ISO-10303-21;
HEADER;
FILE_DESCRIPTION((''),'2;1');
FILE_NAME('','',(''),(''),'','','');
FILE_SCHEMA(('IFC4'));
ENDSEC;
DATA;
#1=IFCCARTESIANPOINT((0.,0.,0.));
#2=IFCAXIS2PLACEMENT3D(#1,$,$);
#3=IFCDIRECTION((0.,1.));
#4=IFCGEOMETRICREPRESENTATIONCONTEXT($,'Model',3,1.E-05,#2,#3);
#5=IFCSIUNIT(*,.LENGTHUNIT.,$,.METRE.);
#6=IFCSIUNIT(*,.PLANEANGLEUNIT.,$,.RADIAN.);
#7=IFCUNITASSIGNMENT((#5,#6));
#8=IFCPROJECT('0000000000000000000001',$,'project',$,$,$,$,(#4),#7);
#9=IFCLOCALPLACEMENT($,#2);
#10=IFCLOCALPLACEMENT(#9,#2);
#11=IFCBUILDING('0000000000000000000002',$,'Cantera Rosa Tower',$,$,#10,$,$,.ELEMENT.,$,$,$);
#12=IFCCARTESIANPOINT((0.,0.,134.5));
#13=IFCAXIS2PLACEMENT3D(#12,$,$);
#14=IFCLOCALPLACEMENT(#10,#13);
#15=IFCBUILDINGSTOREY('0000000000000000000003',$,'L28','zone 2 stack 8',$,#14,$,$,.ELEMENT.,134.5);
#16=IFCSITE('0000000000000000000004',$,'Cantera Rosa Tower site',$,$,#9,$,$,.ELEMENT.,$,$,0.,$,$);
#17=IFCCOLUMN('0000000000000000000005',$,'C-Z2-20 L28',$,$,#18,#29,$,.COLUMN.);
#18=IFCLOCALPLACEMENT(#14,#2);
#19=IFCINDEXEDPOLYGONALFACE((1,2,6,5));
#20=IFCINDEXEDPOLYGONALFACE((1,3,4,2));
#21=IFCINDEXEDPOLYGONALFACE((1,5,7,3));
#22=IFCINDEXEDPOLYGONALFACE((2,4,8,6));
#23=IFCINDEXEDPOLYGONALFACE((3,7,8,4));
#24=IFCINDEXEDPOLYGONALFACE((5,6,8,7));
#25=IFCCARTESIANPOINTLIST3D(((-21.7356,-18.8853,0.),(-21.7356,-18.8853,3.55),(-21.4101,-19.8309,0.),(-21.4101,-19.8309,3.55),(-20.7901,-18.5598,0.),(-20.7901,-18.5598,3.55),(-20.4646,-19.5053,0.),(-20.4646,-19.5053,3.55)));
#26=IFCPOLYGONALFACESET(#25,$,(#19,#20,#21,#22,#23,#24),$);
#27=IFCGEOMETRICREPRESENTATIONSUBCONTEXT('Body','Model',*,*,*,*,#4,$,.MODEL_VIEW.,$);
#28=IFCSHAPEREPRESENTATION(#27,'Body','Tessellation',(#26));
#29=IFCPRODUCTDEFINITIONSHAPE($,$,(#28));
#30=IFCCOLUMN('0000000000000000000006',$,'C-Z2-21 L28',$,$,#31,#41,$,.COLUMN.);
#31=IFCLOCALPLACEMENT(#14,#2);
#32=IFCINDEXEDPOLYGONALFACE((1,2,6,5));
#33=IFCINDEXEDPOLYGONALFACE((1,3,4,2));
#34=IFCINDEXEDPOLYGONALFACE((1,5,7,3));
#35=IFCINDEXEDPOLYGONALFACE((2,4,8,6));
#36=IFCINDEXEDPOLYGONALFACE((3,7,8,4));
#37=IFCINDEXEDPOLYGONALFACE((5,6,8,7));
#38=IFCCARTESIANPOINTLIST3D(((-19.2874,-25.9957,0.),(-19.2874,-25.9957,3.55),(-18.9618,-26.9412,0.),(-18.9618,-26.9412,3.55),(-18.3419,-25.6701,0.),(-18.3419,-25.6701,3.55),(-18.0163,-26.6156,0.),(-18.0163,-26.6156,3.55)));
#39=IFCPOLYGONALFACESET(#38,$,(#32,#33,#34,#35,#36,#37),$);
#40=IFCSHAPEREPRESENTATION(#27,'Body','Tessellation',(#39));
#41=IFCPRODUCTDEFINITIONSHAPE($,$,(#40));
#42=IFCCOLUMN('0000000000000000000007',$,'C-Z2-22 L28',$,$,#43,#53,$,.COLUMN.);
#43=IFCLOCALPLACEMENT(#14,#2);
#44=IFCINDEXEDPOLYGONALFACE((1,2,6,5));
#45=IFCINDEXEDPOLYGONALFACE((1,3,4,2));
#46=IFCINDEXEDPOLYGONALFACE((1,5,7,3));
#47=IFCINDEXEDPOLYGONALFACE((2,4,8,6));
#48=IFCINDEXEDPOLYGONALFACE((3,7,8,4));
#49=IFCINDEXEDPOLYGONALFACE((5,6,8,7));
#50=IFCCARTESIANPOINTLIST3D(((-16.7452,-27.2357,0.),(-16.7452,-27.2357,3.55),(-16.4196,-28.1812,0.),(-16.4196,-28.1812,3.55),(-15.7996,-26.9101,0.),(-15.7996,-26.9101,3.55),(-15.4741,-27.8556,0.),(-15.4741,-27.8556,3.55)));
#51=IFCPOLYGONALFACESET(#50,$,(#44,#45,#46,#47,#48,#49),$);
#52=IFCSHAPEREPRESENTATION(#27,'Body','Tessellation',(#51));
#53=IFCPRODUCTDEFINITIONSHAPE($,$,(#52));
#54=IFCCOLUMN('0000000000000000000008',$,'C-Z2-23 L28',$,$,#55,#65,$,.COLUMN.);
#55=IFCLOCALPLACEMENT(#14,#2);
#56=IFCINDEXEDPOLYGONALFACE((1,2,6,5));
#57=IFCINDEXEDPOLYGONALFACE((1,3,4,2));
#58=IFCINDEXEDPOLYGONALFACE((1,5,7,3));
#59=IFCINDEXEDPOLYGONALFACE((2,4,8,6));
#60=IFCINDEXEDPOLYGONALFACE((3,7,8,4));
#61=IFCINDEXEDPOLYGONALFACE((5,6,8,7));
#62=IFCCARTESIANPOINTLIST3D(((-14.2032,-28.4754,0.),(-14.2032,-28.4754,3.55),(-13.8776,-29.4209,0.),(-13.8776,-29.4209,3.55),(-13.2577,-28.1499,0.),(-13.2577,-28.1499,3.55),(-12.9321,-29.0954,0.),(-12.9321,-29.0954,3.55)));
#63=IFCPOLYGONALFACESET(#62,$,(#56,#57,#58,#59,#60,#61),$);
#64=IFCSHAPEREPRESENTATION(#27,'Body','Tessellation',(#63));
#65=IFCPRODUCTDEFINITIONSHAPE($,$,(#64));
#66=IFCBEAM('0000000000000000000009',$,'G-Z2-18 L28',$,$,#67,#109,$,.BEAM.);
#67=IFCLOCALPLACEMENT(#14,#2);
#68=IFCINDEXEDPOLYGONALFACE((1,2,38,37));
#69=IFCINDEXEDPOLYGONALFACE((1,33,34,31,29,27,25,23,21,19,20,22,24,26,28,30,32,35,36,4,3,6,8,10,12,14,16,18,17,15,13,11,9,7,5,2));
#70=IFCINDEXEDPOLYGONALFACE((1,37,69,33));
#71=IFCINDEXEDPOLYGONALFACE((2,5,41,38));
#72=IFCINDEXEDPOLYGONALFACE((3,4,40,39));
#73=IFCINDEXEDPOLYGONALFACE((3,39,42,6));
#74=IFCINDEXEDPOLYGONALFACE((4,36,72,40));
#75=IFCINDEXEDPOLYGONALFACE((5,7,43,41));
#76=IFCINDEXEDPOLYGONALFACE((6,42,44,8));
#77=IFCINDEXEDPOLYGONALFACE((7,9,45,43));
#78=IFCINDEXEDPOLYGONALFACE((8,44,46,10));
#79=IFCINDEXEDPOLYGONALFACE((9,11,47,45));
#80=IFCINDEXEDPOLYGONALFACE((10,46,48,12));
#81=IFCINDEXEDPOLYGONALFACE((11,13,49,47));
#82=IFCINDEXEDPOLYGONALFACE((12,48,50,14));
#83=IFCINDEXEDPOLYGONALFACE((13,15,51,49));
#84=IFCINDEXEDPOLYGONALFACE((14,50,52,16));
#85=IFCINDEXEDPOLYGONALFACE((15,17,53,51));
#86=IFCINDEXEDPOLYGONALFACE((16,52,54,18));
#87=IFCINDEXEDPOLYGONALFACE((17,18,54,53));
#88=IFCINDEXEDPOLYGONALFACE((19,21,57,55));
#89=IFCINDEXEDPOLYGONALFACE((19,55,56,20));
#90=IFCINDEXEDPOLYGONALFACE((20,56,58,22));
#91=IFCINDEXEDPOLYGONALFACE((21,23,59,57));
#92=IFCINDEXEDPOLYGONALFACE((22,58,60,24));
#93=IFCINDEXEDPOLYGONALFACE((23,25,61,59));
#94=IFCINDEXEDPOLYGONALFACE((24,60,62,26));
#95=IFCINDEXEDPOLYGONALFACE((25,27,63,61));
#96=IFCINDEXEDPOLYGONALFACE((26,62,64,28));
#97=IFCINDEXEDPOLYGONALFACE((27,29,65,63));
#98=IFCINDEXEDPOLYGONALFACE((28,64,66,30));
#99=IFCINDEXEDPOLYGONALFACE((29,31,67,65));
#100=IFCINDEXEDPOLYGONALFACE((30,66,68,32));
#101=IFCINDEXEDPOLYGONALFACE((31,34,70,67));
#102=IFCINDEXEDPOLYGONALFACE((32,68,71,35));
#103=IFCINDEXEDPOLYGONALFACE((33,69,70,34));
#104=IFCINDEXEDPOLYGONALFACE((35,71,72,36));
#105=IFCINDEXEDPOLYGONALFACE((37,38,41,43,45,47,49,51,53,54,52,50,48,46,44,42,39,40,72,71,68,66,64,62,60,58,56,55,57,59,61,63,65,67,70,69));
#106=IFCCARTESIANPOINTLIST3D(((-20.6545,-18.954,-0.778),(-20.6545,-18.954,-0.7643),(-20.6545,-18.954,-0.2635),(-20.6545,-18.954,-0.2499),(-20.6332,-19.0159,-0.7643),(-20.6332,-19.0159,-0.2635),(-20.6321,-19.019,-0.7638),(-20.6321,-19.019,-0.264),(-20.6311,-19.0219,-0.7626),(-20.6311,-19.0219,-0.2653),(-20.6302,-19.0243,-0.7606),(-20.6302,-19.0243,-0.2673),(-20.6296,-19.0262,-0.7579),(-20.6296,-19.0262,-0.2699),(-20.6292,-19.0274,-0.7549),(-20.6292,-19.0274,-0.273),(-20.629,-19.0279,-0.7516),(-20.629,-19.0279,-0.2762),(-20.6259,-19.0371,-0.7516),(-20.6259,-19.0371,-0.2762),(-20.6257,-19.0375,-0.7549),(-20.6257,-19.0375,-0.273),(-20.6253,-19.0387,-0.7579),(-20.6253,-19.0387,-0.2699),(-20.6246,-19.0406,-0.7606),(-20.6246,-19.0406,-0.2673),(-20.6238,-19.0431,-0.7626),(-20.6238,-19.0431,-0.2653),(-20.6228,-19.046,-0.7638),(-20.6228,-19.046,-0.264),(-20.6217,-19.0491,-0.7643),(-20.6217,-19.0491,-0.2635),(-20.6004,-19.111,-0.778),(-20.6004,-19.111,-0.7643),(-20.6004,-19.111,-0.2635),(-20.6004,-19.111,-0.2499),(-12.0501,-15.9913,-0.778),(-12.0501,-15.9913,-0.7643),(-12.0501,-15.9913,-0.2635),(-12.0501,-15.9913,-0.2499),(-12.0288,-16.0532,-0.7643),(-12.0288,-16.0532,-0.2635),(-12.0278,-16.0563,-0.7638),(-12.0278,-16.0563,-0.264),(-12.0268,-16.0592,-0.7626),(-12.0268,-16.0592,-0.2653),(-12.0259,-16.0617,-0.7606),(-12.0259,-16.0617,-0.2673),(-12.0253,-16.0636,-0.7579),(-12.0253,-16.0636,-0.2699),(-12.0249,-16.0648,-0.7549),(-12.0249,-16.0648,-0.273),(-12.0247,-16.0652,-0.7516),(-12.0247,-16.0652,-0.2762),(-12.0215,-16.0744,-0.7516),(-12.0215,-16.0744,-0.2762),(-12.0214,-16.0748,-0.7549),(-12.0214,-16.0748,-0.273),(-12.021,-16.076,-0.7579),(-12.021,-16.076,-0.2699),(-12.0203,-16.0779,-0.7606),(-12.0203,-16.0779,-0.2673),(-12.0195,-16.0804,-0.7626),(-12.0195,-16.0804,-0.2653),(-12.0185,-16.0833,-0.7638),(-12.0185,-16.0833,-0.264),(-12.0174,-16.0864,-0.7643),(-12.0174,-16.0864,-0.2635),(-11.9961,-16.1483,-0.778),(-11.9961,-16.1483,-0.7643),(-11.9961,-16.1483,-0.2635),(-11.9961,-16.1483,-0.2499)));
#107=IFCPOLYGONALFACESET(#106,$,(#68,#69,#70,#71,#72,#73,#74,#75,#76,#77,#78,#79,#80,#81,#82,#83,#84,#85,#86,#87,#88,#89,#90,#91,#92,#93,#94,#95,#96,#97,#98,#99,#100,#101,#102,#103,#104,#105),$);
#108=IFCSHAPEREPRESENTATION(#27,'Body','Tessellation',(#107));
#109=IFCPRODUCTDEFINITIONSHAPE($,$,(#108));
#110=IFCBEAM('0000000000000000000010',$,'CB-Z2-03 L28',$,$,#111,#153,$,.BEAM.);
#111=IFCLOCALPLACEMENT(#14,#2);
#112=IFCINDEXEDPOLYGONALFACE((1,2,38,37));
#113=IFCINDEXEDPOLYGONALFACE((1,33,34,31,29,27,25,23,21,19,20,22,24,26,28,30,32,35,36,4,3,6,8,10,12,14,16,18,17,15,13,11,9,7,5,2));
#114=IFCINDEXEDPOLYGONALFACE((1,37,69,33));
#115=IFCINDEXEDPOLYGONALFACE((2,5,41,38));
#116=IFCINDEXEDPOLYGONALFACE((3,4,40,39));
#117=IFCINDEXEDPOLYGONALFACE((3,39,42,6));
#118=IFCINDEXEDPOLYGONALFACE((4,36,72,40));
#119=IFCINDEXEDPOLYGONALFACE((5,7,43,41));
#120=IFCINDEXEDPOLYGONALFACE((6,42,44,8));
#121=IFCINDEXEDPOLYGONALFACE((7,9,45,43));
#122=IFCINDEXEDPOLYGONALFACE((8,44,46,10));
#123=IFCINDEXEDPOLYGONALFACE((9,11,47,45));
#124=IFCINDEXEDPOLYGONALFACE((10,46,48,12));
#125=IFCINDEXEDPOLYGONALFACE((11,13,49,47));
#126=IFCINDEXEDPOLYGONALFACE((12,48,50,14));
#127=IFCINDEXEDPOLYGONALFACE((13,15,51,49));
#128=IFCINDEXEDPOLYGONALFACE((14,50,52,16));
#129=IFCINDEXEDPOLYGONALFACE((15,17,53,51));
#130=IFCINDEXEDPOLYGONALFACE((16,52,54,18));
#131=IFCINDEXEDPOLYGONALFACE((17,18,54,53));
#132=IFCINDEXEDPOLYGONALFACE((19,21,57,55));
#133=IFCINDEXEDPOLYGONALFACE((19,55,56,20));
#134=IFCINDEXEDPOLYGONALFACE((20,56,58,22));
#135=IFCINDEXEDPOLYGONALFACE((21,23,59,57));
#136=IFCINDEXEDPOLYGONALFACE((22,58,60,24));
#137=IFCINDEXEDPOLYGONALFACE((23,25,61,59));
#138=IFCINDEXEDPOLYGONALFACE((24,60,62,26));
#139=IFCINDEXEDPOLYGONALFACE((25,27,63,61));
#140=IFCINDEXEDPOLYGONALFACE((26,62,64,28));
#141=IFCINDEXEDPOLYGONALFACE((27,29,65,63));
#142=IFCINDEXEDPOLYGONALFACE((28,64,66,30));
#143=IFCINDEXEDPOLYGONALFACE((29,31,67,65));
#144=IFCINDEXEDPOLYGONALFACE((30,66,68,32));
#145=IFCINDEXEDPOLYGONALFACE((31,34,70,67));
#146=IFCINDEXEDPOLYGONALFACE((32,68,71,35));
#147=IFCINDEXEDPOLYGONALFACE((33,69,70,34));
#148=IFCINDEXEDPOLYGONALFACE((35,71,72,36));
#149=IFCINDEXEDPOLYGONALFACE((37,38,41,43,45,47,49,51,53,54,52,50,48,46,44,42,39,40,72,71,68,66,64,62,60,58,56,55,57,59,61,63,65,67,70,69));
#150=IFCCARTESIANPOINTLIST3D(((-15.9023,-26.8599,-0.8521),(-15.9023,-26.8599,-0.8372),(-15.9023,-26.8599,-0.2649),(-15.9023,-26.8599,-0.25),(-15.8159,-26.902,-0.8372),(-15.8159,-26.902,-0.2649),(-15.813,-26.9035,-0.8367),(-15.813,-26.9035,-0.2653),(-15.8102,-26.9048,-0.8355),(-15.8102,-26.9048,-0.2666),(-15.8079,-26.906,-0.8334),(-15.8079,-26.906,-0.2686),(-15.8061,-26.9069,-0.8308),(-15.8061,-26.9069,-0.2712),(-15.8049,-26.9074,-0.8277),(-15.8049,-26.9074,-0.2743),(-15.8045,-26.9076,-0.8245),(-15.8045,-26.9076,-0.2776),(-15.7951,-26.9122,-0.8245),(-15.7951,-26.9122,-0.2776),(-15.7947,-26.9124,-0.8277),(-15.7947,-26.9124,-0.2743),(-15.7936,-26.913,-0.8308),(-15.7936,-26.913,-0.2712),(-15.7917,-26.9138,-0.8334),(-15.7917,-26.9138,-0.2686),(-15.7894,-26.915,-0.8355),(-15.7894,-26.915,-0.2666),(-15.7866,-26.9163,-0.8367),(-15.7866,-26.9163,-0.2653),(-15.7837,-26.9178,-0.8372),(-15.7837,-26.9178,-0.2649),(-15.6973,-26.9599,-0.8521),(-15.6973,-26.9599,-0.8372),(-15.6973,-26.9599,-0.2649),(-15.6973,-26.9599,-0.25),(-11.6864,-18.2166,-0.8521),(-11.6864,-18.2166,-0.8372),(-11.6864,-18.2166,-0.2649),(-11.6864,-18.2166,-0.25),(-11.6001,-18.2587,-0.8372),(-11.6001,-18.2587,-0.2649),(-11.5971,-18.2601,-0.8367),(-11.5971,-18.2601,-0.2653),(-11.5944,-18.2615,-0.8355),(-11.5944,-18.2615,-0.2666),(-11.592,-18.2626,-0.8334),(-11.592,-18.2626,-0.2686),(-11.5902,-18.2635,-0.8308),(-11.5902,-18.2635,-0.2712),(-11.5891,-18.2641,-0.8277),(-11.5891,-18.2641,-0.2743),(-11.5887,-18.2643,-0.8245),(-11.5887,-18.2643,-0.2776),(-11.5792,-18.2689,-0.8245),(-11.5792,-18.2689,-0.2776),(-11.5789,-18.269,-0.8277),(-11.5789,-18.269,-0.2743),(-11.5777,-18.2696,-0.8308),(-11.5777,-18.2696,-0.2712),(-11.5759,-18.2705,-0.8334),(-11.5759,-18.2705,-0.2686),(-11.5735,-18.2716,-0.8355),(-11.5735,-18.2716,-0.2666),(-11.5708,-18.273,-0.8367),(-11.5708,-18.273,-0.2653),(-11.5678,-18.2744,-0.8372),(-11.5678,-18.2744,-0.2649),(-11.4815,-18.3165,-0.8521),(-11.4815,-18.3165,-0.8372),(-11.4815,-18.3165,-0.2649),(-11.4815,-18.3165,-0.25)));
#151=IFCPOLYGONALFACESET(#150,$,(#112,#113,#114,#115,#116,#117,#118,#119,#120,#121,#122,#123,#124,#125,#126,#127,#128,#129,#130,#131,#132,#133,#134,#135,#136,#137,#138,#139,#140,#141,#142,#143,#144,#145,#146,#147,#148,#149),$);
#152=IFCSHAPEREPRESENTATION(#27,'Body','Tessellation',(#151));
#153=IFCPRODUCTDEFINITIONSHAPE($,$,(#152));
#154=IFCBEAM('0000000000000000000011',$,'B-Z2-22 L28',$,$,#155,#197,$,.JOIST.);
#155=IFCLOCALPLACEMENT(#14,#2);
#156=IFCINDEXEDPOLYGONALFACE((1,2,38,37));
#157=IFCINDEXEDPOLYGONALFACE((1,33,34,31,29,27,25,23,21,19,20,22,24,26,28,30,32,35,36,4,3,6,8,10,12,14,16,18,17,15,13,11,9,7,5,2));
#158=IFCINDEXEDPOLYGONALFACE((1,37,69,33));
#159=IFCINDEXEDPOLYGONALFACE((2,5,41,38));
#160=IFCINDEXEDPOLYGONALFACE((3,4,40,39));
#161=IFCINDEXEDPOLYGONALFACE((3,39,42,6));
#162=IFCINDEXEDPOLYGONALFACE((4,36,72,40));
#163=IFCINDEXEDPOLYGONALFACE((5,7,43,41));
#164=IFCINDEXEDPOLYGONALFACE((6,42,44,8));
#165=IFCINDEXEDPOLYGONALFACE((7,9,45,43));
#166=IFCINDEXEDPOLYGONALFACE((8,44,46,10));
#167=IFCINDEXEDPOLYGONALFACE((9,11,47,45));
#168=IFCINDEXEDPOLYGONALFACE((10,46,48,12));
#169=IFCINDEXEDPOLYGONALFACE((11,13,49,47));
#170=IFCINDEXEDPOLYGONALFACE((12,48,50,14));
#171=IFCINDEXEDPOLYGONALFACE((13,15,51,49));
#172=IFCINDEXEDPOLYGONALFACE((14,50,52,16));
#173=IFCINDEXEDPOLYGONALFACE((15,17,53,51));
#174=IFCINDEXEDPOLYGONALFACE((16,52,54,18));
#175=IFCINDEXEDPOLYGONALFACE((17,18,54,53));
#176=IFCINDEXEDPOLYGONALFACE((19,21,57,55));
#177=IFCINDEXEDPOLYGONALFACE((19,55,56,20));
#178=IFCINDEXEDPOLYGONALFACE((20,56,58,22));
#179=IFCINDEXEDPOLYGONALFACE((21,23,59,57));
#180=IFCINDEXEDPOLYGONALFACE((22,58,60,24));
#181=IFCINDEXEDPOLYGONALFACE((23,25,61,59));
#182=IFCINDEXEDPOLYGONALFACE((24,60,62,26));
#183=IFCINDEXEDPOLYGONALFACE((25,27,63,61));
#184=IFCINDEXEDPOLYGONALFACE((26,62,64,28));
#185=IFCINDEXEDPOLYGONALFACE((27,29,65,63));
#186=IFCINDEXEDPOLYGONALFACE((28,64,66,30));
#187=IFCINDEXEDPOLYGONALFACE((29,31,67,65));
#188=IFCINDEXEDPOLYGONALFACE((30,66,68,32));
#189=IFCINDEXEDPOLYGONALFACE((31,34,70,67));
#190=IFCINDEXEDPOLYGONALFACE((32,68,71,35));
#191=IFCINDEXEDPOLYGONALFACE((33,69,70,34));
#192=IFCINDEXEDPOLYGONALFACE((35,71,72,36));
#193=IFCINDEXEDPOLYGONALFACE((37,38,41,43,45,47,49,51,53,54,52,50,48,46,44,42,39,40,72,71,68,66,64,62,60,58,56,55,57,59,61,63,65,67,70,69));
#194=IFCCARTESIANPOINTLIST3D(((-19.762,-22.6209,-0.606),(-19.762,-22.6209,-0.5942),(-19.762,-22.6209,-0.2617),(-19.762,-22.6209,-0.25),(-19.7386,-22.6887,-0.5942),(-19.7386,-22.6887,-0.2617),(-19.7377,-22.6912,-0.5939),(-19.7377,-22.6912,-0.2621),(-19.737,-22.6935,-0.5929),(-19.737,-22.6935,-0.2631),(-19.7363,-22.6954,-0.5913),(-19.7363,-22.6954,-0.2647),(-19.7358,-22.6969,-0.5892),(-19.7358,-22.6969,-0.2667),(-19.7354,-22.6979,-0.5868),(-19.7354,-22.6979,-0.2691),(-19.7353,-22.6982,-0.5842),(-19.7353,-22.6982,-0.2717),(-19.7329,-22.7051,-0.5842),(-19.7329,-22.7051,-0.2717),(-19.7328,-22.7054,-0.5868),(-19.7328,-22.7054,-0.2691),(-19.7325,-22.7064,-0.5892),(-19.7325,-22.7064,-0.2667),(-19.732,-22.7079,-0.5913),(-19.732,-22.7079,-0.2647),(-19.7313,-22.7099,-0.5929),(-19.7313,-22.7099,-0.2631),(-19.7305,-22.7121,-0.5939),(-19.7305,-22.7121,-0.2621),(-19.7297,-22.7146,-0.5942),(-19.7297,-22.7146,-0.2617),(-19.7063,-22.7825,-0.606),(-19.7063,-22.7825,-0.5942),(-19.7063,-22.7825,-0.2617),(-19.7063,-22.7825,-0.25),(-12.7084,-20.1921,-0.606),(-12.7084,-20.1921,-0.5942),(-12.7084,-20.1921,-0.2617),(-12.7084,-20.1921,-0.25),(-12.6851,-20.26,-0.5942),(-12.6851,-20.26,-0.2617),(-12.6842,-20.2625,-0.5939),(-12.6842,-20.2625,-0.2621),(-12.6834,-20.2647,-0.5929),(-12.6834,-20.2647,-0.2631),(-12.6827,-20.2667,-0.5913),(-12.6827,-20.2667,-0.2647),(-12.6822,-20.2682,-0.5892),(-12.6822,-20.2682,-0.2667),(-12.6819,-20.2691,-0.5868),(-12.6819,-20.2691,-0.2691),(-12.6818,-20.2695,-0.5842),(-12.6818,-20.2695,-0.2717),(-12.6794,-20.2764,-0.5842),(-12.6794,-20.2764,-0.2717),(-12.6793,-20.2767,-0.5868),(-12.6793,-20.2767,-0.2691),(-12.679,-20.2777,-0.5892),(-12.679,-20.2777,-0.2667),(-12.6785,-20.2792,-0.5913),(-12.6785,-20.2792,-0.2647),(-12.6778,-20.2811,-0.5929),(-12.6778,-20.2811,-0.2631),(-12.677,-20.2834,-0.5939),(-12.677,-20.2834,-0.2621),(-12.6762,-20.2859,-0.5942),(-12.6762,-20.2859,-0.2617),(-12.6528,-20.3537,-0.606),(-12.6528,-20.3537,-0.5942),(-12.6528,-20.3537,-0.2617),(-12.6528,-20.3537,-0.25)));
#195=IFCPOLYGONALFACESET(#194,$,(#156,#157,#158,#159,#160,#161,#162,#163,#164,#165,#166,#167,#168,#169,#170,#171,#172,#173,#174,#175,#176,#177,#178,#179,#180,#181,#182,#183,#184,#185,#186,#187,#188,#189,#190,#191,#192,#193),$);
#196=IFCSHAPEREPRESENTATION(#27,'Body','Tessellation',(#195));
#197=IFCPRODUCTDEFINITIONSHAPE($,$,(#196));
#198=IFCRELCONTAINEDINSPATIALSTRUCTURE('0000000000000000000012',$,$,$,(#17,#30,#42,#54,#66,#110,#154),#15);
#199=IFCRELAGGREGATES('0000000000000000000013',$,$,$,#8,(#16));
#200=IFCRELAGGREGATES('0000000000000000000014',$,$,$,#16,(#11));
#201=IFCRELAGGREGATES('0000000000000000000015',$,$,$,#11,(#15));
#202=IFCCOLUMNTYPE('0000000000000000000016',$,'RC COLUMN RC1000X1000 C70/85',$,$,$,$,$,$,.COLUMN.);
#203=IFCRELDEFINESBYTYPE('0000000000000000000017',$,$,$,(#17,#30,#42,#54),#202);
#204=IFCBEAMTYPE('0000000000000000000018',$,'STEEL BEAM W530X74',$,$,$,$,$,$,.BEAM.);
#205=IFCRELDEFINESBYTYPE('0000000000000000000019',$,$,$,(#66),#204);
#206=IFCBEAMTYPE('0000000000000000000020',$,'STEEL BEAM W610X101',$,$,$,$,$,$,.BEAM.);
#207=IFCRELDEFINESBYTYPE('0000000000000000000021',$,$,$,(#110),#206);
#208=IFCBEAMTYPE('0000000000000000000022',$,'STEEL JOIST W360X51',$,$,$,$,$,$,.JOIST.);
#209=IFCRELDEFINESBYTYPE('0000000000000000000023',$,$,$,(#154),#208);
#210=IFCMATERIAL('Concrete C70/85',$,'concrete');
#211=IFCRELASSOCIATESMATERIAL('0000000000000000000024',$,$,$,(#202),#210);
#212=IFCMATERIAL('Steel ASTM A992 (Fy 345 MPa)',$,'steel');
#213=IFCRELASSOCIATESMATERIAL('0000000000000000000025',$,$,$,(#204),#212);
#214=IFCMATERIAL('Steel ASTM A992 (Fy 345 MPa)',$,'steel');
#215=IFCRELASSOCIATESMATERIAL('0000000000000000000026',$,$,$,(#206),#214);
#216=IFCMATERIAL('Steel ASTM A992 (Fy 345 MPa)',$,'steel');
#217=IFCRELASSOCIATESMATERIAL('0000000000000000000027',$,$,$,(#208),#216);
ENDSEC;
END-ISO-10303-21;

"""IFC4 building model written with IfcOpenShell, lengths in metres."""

from ifc_helpers import new_model, si_unit, direction, frame, origin, origin_2d, place, context, subcontext, project, spatial, rectangle, i_section, extrude, material, material_profile, profile_set, type_object, element, save


model = new_model("IFC4")

# Units and contexts
model_context = context("Model", 3, precision=1e-05, world=origin(), true_north=direction((0.0, 1.0)))
body_context = subcontext(model_context, "Body", "Model", "MODEL_VIEW")
ifc_project = project(units=[si_unit("LENGTHUNIT", "METRE"), si_unit("PLANEANGLEUNIT", "RADIAN")], contexts=[model_context])

# Site, building, storey
site_placement = place(None, origin())
site = spatial("IfcSite", under=ifc_project, at=site_placement, Name="Cantera Rosa Tower site", CompositionType="ELEMENT", RefElevation=0.0)
building_placement = place(site_placement, origin())
building = spatial("IfcBuilding", under=site, at=building_placement, Name="Cantera Rosa Tower", CompositionType="ELEMENT")
storey_placement = place(building_placement, frame((0.0, 0.0, 134.5)))
storey = spatial("IfcBuildingStorey", under=building, at=storey_placement, Name="L28", Description="zone 2 stack 8", CompositionType="ELEMENT", Elevation=134.5)

# Columns
ifc_material_1 = material(Name="Concrete C70/85", Category="concrete")
ifc_material_profile_1 = material_profile(ifc_material_1, rectangle(XDim=1.0, YDim=1.0, at=origin_2d()), Name="RC COLUMN RC1000X1000 C70/85")
ifc_profile_set_1 = profile_set([ifc_material_profile_1], Name="Concrete C70/85")
column_type = type_object("IfcColumnType", Name="RC COLUMN RC1000X1000 C70/85", PredefinedType="COLUMN", material=ifc_profile_set_1)
for number, where, z_axis, x_axis, name in (
    (1, (-21.1001, -19.1953, 0.0), (0.0, 0.0, 1.0), (0.945519, 0.325568, 0.0), "C-Z2-20 L28"),
    (2, (-18.6519, -26.3057, 0.0), (0.0, 0.0, 1.0), (0.945519, 0.325568, 0.0), "C-Z2-21 L28"),
    (3, (-16.1096, -27.5457, 0.0), (0.0, 0.0, 1.0), (0.945519, 0.325568, 0.0), "C-Z2-22 L28"),
    (4, (-13.5676, -28.7854, 0.0), (0.0, 0.0, 1.0), (0.945519, 0.325568, 0.0), "C-Z2-23 L28"),
):
    element("IfcColumn", number, at=place(storey_placement, frame(where, z_axis=z_axis, x_axis=x_axis)), inside=storey, type_object=column_type, Name=name, PredefinedType="COLUMN", context=body_context, shape_type="SweptSolid", body=[
        extrude(rectangle(XDim=1.0, YDim=1.0, at=origin_2d()), origin(), (0.0, 0.0, 1.0), 3.55),
    ])

# Beams
ifc_material_2 = material(Name="Steel ASTM A992 (Fy 345 MPa)", Category="steel")
ifc_material_profile_2 = material_profile(ifc_material_2, i_section(OverallWidth=0.166, OverallDepth=0.5281, WebThickness=0.0098, FlangeThickness=0.0137, FilletRadius=0.0127, at=origin_2d()), Name="W530X74")
ifc_profile_set_2 = profile_set([ifc_material_profile_2], Name="Steel ASTM A992 (Fy 345 MPa)")
beam_type_1 = type_object("IfcBeamType", Name="STEEL BEAM W530X74", PredefinedType="BEAM", material=ifc_profile_set_2)
beam_1_placement = place(storey_placement, frame((-20.6274, -19.0325, -0.5139), z_axis=(0.94552, 0.325565, 0.0), x_axis=(-0.325565, 0.94552, 0.0)))
element("IfcBeam", 5, at=beam_1_placement, inside=storey, type_object=beam_type_1, Name="G-Z2-18 L28", PredefinedType="BEAM", context=body_context, shape_type="SweptSolid", body=[
    extrude(i_section(OverallWidth=0.166, OverallDepth=0.5281, WebThickness=0.0098, FlangeThickness=0.0137, FilletRadius=0.0127, at=origin_2d()), origin(), (0.0, 0.0, 1.0), 9.1001),
])
ifc_material_3 = material(Name="Steel ASTM A992 (Fy 345 MPa)", Category="steel")
ifc_material_profile_3 = material_profile(ifc_material_3, i_section(OverallWidth=0.228, OverallDepth=0.6021, WebThickness=0.0105, FlangeThickness=0.0149, FilletRadius=0.0127, at=origin_2d()), Name="W610X101")
ifc_profile_set_3 = profile_set([ifc_material_profile_3], Name="Steel ASTM A992 (Fy 345 MPa)")
beam_type_2 = type_object("IfcBeamType", Name="STEEL BEAM W610X101", PredefinedType="BEAM", material=ifc_profile_set_3)
beam_2_placement = place(storey_placement, frame((-15.7998, -26.9099, -0.551), z_axis=(0.438388, 0.898786, 0.0), x_axis=(-0.898786, 0.438388, 0.0)))
element("IfcBeam", 6, at=beam_2_placement, inside=storey, type_object=beam_type_2, Name="CB-Z2-03 L28", PredefinedType="BEAM", context=body_context, shape_type="SweptSolid", body=[
    extrude(i_section(OverallWidth=0.228, OverallDepth=0.6021, WebThickness=0.0105, FlangeThickness=0.0149, FilletRadius=0.0127, at=origin_2d()), origin(), (0.0, 0.0, 1.0), 9.6167),
])
ifc_material_4 = material(Name="Steel ASTM A992 (Fy 345 MPa)", Category="steel")
ifc_material_profile_4 = material_profile(ifc_material_4, i_section(OverallWidth=0.1709, OverallDepth=0.356, WebThickness=0.0073, FlangeThickness=0.0117, FilletRadius=0.01, at=origin_2d()), Name="W360X51")
ifc_profile_set_4 = profile_set([ifc_material_profile_4], Name="Steel ASTM A992 (Fy 345 MPa)")
beam_type_3 = type_object("IfcBeamType", Name="STEEL JOIST W360X51", PredefinedType="JOIST", material=ifc_profile_set_4)
beam_3_placement = place(storey_placement, frame((-19.7341, -22.7017, -0.428), z_axis=(0.945518, 0.325569, 0.0), x_axis=(-0.325569, 0.945518, 0.0)))
element("IfcBeam", 7, at=beam_3_placement, inside=storey, type_object=beam_type_3, Name="B-Z2-22 L28", PredefinedType="JOIST", context=body_context, shape_type="SweptSolid", body=[
    extrude(i_section(OverallWidth=0.1709, OverallDepth=0.356, WebThickness=0.0073, FlangeThickness=0.0117, FilletRadius=0.01, at=origin_2d()), origin(), (0.0, 0.0, 1.0), 7.46),
])

save(model, "model.ifc")
